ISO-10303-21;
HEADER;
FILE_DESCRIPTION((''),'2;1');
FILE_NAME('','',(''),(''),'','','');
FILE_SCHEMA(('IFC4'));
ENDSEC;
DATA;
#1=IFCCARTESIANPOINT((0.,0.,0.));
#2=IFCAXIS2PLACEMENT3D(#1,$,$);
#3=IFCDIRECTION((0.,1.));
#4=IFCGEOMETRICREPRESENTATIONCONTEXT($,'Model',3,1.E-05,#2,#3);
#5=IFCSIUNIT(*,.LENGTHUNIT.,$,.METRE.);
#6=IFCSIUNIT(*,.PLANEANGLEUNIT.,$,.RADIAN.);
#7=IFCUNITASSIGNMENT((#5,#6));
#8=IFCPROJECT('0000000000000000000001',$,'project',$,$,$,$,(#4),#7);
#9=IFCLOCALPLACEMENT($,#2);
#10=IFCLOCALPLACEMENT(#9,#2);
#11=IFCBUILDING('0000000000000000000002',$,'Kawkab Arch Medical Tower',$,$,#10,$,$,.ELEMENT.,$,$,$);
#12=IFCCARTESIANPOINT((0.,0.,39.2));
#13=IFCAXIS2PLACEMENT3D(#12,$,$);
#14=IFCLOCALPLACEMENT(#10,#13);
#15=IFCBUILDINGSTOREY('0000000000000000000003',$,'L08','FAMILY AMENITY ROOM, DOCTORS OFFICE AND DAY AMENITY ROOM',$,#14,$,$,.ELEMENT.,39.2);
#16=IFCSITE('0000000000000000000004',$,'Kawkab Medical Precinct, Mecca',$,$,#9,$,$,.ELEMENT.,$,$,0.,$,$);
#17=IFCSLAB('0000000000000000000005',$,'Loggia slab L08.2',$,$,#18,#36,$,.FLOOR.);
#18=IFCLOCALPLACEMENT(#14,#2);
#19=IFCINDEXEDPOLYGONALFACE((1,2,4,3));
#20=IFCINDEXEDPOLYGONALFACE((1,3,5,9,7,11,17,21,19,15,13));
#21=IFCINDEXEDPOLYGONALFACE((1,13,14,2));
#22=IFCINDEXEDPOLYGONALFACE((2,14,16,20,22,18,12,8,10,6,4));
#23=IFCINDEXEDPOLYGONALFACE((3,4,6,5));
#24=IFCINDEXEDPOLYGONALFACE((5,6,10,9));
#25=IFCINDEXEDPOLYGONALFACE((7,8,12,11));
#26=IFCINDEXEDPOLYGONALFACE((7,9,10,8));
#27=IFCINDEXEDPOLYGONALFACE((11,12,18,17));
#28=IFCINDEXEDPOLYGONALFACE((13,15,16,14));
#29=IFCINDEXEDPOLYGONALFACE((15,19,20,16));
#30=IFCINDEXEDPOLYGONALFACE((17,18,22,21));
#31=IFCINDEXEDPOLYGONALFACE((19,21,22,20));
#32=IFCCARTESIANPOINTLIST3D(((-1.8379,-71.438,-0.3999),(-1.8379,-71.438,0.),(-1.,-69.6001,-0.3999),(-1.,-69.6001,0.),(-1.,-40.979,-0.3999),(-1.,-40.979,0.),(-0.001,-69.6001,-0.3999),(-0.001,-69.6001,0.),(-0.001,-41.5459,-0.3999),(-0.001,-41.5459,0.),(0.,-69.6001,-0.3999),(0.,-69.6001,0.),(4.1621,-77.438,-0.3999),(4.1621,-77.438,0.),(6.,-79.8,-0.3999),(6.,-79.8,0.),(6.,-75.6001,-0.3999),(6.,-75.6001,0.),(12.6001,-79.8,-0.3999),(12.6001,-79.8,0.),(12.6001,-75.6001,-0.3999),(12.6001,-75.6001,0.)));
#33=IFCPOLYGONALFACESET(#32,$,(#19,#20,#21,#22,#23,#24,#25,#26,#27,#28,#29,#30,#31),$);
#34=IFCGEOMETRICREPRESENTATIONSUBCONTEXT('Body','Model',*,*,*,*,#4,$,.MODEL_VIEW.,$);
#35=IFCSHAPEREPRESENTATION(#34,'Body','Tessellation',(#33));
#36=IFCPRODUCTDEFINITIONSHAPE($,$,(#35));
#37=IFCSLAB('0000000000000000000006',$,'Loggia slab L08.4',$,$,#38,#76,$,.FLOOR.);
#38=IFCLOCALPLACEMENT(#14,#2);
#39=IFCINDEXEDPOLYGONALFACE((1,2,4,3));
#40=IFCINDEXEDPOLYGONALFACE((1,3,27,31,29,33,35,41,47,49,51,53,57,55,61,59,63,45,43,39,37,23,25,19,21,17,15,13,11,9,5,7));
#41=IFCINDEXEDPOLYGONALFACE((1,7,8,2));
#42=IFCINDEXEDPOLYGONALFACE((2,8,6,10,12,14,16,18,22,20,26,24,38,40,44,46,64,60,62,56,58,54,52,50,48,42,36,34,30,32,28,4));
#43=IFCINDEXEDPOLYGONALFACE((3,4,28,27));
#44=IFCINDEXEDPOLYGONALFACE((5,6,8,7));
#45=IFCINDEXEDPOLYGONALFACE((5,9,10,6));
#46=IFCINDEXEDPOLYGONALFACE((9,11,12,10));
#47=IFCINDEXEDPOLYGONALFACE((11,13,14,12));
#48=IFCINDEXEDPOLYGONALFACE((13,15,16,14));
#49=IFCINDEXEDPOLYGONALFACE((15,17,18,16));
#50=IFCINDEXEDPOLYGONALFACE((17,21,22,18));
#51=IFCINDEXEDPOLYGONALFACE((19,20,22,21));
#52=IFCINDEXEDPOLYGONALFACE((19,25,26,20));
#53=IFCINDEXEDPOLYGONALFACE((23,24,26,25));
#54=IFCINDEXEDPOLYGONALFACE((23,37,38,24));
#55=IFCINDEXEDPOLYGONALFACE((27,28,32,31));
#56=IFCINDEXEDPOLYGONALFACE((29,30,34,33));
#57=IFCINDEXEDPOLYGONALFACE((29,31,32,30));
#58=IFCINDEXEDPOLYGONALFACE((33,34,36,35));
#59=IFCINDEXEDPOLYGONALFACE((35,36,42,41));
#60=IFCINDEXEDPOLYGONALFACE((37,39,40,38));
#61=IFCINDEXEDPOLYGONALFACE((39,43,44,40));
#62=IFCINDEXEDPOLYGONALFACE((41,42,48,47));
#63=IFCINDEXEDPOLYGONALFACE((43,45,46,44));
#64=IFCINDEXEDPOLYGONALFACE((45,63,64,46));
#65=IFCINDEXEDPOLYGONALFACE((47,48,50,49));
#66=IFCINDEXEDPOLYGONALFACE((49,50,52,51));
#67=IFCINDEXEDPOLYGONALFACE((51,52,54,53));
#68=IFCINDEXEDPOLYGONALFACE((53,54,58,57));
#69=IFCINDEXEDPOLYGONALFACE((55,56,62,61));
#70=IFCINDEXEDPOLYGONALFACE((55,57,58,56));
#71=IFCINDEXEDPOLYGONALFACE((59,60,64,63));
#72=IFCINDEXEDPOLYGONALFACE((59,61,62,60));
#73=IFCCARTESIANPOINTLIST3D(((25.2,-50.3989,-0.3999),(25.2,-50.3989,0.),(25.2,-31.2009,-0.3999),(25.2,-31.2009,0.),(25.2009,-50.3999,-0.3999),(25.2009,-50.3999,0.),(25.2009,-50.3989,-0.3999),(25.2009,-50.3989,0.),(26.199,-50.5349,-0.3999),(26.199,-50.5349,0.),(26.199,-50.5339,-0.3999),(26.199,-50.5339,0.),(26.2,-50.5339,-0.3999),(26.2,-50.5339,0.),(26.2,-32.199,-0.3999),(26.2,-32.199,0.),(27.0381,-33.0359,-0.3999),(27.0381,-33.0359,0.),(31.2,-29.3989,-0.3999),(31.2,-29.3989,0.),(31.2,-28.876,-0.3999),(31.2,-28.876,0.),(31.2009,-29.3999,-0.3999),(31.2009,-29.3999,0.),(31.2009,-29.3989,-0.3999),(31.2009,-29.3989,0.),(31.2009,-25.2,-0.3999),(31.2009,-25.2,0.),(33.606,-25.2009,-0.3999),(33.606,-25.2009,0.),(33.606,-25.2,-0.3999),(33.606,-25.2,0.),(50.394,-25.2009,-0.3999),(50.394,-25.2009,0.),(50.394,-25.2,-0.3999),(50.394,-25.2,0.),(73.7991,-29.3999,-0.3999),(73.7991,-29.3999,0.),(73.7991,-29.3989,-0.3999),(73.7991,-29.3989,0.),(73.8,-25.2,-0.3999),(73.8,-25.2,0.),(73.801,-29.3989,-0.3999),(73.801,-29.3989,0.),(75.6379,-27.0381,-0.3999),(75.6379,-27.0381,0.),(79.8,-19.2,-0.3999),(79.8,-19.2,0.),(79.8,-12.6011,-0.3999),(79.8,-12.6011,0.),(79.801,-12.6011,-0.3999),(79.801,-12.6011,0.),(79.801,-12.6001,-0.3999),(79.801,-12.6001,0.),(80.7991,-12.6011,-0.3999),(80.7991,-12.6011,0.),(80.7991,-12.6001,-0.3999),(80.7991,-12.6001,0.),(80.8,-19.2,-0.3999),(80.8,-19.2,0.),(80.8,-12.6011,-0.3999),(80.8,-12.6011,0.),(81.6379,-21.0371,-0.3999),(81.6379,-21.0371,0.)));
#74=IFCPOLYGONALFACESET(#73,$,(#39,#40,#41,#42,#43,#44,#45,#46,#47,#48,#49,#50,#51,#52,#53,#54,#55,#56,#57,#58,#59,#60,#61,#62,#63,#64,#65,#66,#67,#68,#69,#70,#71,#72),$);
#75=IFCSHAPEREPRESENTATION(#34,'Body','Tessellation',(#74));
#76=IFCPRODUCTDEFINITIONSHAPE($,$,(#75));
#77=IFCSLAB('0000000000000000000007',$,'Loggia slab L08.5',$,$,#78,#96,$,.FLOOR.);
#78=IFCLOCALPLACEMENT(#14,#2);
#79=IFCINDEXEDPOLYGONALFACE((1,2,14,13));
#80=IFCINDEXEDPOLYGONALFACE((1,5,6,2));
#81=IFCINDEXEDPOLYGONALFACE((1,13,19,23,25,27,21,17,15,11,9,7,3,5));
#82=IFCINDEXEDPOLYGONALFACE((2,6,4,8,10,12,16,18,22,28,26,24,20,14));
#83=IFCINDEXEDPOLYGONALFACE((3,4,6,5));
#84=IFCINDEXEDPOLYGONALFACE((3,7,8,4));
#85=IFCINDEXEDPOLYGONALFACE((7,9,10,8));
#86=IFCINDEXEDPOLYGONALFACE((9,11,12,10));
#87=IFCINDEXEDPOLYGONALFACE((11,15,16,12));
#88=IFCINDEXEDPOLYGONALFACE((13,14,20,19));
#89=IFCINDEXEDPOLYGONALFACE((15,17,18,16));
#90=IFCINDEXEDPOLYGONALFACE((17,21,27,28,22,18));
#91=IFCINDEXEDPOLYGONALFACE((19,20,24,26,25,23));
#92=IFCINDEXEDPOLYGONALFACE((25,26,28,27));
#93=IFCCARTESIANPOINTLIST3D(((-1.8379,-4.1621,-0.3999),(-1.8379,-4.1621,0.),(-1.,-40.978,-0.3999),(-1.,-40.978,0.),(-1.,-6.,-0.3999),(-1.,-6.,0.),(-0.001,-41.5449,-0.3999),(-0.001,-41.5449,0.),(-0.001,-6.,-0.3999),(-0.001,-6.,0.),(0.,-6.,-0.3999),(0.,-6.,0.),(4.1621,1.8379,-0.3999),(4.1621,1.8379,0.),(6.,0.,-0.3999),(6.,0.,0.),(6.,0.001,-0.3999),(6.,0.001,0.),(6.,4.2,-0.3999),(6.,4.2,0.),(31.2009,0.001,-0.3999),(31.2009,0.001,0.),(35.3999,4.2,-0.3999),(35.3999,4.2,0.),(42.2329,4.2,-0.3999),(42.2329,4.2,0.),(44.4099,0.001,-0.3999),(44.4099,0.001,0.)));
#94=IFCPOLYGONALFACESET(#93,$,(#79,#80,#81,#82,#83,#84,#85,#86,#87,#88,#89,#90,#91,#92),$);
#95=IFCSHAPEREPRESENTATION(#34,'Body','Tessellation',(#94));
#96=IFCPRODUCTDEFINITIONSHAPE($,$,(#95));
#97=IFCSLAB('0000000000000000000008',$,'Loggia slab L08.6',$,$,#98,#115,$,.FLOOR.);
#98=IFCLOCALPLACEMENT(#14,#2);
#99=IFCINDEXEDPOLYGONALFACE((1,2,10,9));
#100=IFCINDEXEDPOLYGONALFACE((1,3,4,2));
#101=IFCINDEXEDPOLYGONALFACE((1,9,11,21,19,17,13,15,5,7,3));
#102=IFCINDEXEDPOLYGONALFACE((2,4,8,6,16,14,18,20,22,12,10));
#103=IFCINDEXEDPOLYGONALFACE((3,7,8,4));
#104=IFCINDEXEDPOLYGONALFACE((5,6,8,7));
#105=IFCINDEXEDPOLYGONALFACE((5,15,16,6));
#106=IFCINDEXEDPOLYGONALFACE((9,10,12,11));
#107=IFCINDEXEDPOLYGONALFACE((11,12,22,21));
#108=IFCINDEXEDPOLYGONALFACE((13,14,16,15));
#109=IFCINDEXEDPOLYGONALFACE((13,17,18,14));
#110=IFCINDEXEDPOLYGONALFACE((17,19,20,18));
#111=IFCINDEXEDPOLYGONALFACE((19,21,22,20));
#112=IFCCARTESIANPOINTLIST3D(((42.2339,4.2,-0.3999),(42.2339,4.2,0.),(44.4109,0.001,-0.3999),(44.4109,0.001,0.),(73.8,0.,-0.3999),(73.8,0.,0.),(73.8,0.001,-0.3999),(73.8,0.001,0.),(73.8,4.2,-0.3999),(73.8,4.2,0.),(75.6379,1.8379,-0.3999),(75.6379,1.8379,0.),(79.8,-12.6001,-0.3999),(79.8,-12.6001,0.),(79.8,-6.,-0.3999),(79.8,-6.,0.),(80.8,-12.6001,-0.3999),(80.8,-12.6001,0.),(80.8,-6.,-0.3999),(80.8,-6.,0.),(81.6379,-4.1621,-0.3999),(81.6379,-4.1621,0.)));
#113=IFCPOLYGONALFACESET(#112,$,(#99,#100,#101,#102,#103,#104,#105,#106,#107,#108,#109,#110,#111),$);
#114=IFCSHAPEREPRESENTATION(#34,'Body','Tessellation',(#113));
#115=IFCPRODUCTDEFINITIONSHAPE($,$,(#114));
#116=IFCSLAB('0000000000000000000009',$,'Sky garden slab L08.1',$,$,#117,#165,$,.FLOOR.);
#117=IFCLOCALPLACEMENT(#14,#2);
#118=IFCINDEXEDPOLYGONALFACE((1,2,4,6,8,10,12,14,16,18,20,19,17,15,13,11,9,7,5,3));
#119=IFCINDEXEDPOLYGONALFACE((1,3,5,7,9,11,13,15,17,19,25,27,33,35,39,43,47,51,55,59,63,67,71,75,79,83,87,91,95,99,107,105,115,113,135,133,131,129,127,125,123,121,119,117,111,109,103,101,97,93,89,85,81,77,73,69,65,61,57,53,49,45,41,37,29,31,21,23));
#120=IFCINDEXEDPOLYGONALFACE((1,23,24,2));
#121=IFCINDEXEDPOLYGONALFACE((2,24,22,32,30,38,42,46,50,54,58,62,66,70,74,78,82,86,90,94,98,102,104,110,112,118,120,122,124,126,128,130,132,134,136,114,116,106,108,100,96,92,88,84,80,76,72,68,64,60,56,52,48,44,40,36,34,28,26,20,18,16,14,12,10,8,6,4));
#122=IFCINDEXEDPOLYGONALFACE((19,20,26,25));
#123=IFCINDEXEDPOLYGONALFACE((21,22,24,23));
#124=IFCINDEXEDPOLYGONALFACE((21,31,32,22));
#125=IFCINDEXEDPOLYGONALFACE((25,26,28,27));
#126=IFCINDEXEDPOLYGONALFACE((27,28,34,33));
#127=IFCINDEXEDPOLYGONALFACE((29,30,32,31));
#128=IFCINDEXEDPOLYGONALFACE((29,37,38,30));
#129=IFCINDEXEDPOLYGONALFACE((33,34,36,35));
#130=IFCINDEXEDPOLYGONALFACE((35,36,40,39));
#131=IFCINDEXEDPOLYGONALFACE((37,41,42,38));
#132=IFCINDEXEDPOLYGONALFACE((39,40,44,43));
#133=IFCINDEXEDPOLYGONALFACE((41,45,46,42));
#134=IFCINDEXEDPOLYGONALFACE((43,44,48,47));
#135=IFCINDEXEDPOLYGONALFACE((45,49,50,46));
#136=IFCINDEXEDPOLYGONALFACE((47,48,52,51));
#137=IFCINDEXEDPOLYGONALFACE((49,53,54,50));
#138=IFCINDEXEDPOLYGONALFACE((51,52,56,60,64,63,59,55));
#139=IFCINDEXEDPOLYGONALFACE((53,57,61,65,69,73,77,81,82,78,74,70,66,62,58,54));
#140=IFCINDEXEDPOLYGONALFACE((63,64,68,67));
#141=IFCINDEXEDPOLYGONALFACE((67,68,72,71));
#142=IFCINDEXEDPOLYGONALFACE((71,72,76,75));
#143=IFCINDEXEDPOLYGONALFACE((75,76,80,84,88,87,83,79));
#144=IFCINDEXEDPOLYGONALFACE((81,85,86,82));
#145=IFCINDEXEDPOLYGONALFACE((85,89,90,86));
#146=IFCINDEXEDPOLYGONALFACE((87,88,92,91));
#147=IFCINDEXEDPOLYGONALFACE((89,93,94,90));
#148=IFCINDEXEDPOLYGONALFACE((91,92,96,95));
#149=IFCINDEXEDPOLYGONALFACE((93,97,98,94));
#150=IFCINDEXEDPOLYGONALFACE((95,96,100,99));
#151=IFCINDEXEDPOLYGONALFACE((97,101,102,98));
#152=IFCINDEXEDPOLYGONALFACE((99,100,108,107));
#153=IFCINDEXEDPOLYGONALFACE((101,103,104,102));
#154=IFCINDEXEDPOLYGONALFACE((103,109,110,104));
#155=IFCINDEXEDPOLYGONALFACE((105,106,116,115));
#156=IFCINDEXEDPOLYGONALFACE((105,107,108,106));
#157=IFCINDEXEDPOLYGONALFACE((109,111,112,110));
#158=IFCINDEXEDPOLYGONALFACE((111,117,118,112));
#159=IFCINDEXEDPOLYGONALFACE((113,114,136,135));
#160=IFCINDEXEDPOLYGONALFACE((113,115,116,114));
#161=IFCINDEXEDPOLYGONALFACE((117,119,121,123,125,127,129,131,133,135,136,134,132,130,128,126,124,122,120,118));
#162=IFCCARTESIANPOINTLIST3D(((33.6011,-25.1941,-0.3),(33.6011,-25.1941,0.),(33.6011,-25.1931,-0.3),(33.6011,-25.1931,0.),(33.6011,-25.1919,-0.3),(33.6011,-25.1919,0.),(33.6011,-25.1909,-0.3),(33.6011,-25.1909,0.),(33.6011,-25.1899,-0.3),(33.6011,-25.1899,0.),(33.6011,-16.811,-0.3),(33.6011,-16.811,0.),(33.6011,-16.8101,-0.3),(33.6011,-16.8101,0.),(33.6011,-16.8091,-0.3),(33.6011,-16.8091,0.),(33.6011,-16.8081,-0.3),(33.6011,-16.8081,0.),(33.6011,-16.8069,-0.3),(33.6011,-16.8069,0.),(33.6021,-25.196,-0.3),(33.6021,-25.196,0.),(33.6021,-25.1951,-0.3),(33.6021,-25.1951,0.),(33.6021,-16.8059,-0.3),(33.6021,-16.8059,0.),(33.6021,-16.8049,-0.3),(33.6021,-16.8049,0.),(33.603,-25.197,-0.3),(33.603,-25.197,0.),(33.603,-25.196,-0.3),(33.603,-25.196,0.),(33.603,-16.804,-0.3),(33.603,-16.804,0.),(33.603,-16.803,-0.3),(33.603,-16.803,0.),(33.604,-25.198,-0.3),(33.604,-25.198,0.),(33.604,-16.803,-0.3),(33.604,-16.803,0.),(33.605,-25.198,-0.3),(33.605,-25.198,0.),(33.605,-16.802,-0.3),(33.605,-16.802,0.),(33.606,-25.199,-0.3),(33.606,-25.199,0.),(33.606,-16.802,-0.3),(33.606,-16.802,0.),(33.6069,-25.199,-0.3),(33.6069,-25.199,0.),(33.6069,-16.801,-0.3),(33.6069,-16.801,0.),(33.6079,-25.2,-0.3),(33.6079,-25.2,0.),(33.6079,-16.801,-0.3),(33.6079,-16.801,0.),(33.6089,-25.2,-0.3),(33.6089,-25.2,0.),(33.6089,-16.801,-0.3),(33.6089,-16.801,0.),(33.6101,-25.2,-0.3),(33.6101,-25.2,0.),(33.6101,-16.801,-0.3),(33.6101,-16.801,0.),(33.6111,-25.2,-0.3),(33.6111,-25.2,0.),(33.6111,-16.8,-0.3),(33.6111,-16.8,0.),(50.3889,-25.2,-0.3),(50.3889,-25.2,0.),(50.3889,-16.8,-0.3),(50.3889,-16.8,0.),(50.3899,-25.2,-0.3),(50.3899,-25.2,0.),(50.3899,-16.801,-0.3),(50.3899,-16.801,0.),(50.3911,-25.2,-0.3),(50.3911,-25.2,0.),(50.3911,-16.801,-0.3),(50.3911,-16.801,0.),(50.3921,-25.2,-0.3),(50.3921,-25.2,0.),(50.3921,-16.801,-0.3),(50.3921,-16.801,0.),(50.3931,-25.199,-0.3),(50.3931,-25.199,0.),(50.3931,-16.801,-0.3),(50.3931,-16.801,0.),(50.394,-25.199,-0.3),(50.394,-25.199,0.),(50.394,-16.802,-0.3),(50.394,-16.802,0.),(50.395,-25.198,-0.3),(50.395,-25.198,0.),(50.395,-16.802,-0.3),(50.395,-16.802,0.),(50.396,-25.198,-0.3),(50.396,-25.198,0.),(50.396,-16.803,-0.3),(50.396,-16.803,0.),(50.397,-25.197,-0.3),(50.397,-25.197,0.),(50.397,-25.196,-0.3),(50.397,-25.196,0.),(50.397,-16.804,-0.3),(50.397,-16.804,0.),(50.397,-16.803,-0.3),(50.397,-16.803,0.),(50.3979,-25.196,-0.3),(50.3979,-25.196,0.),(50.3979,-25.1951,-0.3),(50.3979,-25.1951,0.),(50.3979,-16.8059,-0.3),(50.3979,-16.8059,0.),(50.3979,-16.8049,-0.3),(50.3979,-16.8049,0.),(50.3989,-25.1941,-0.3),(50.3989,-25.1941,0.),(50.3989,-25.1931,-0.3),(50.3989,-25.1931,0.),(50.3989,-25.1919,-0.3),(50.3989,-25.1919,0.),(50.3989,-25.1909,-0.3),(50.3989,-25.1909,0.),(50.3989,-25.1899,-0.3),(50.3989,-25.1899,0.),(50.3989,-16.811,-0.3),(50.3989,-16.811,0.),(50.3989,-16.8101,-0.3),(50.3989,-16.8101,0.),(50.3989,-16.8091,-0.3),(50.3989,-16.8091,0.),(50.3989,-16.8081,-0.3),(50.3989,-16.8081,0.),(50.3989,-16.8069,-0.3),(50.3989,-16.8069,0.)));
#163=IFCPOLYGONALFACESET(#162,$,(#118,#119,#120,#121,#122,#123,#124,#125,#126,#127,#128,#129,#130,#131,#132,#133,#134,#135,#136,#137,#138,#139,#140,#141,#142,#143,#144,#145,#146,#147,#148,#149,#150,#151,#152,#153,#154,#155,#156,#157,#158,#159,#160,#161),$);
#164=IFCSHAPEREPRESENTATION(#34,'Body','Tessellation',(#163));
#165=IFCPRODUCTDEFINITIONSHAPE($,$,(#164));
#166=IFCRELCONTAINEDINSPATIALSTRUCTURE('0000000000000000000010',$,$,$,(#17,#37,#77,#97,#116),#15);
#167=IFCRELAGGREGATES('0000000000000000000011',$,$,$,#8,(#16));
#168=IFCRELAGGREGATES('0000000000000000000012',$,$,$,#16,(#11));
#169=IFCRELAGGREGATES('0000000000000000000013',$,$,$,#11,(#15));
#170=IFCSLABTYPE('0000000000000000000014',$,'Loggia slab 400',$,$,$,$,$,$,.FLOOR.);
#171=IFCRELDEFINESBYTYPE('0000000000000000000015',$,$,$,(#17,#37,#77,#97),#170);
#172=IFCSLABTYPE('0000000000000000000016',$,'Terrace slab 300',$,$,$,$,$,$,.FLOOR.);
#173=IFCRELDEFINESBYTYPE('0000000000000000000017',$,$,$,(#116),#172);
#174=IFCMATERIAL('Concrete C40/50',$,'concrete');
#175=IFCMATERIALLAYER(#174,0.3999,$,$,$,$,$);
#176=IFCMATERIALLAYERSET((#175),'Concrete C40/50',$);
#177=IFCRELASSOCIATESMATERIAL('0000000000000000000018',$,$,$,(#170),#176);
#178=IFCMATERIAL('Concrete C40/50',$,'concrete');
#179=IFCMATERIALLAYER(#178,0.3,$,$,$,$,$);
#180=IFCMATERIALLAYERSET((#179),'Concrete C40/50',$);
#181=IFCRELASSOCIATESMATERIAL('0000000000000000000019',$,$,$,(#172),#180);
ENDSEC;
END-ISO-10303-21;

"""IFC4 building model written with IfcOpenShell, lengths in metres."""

from ifc_helpers import new_model, si_unit, direction, frame, origin, place, context, subcontext, project, spatial, polyline, outline, extrude, material, layer, layer_set, type_object, element, save


model = new_model("IFC4")

# Units and contexts
model_context = context("Model", 3, precision=1e-05, world=origin(), true_north=direction((0.0, 1.0)))
body_context = subcontext(model_context, "Body", "Model", "MODEL_VIEW")
ifc_project = project(units=[si_unit("LENGTHUNIT", "METRE"), si_unit("PLANEANGLEUNIT", "RADIAN")], contexts=[model_context])

# Site, building, storey
site_placement = place(None, origin())
site = spatial("IfcSite", under=ifc_project, at=site_placement, Name="Kawkab Medical Precinct, Mecca", CompositionType="ELEMENT", RefElevation=0.0)
building_placement = place(site_placement, origin())
building = spatial("IfcBuilding", under=site, at=building_placement, Name="Kawkab Arch Medical Tower", CompositionType="ELEMENT")
storey_placement = place(building_placement, frame((0.0, 0.0, 39.2)))
storey = spatial("IfcBuildingStorey", under=building, at=storey_placement, Name="L08", Description="FAMILY AMENITY ROOM, DOCTORS OFFICE AND DAY AMENITY ROOM", CompositionType="ELEMENT", Elevation=39.2)

# Slabs
ifc_material_1 = material(Name="Concrete C40/50", Category="concrete")
ifc_layer_1 = layer(ifc_material_1, 0.3999)
ifc_layer_set_1 = layer_set([ifc_layer_1], Name="Concrete C40/50")
slab_type_1 = type_object("IfcSlabType", Name="Loggia slab 400", PredefinedType="FLOOR", material=ifc_layer_set_1)
placement_1 = place(storey_placement, frame((0.0, 0.0, -0.3999)))
element("IfcSlab", 1, at=placement_1, inside=storey, type_object=slab_type_1, Name="Loggia slab L08.2", PredefinedType="FLOOR", context=body_context, shape_type="SweptSolid", body=[
    extrude(outline(polyline([(4.1621, -77.438), (-1.8379, -71.438), (-1.0, -69.6001), (-1.0, -40.979), (-0.001, -41.5459), (-0.001, -69.6001), (0.0, -69.6001), (6.0, -75.6001), (12.6001, -75.6001), (12.6001, -79.8), (6.0, -79.8), (4.1621, -77.438)])), origin(), (0.0, 0.0, 1.0), 0.3999),
])
element("IfcSlab", 2, at=placement_1, inside=storey, type_object=slab_type_1, Name="Loggia slab L08.4", PredefinedType="FLOOR", context=body_context, shape_type="SweptSolid", body=[
    extrude(outline(polyline([(25.2009, -50.3999), (25.2009, -50.3989), (25.2, -50.3989), (25.2, -31.2009), (31.2009, -25.2), (33.606, -25.2), (33.606, -25.2009), (50.394, -25.2009), (50.394, -25.2), (73.8, -25.2), (79.8, -19.2), (79.8, -12.6011), (79.801, -12.6011), (79.801, -12.6001), (80.7991, -12.6001), (80.7991, -12.6011), (80.8, -12.6011), (80.8, -19.2), (81.6379, -21.0371), (75.6379, -27.0381), (73.801, -29.3989), (73.7991, -29.3989), (73.7991, -29.3999), (31.2009, -29.3999), (31.2009, -29.3989), (31.2, -29.3989), (31.2, -28.876), (27.0381, -33.0359), (26.2, -32.199), (26.2, -50.5339), (26.199, -50.5339), (26.199, -50.5349), (25.2009, -50.3999)])), origin(), (0.0, 0.0, 1.0), 0.3999),
])
element("IfcSlab", 3, at=placement_1, inside=storey, type_object=slab_type_1, Name="Loggia slab L08.5", PredefinedType="FLOOR", context=body_context, shape_type="SweptSolid", body=[
    extrude(outline(polyline([(4.1621, 1.8379), (6.0, 4.2), (35.3999, 4.2), (42.2329, 4.2), (44.4099, 0.001), (31.2009, 0.001), (6.0, 0.001), (6.0, 0.0), (0.0, -6.0), (-0.001, -6.0), (-0.001, -41.5449), (-1.0, -40.978), (-1.0, -6.0), (-1.8379, -4.1621), (4.1621, 1.8379)])), origin(), (0.0, 0.0, 1.0), 0.3999),
])
element("IfcSlab", 4, at=placement_1, inside=storey, type_object=slab_type_1, Name="Loggia slab L08.6", PredefinedType="FLOOR", context=body_context, shape_type="SweptSolid", body=[
    extrude(outline(polyline([(75.6379, 1.8379), (81.6379, -4.1621), (80.8, -6.0), (80.8, -12.6001), (79.8, -12.6001), (79.8, -6.0), (73.8, 0.0), (73.8, 0.001), (44.4109, 0.001), (42.2339, 4.2), (73.8, 4.2), (75.6379, 1.8379)])), origin(), (0.0, 0.0, 1.0), 0.3999),
])
ifc_material_2 = material(Name="Concrete C40/50", Category="concrete")
ifc_layer_2 = layer(ifc_material_2, 0.3)
ifc_layer_set_2 = layer_set([ifc_layer_2], Name="Concrete C40/50")
slab_type_2 = type_object("IfcSlabType", Name="Terrace slab 300", PredefinedType="FLOOR", material=ifc_layer_set_2)
slab_1_placement = place(storey_placement, frame((0.0, 0.0, -0.3)))
element("IfcSlab", 5, at=slab_1_placement, inside=storey, type_object=slab_type_2, Name="Sky garden slab L08.1", PredefinedType="FLOOR", context=body_context, shape_type="SweptSolid", body=[
    extrude(outline(polyline([(33.6111, -25.2), (50.3889, -25.2), (50.3899, -25.2), (50.3911, -25.2), (50.3921, -25.2), (50.3931, -25.199), (50.394, -25.199), (50.395, -25.198), (50.396, -25.198), (50.397, -25.197), (50.397, -25.196), (50.3979, -25.196), (50.3979, -25.1951), (50.3989, -25.1941), (50.3989, -25.1931), (50.3989, -25.1919), (50.3989, -25.1909), (50.3989, -25.1899), (50.3989, -16.811), (50.3989, -16.8101), (50.3989, -16.8091), (50.3989, -16.8081), (50.3989, -16.8069), (50.3979, -16.8059), (50.3979, -16.8049), (50.397, -16.804), (50.397, -16.803), (50.396, -16.803), (50.395, -16.802), (50.394, -16.802), (50.3931, -16.801), (50.3921, -16.801), (50.3911, -16.801), (50.3899, -16.801), (50.3889, -16.8), (33.6111, -16.8), (33.6101, -16.801), (33.6089, -16.801), (33.6079, -16.801), (33.6069, -16.801), (33.606, -16.802), (33.605, -16.802), (33.604, -16.803), (33.603, -16.803), (33.603, -16.804), (33.6021, -16.8049), (33.6021, -16.8059), (33.6011, -16.8069), (33.6011, -16.8081), (33.6011, -16.8091), (33.6011, -16.8101), (33.6011, -16.811), (33.6011, -25.1899), (33.6011, -25.1909), (33.6011, -25.1919), (33.6011, -25.1931), (33.6011, -25.1941), (33.6021, -25.1951), (33.6021, -25.196), (33.603, -25.196), (33.603, -25.197), (33.604, -25.198), (33.605, -25.198), (33.606, -25.199), (33.6069, -25.199), (33.6079, -25.2), (33.6089, -25.2), (33.6101, -25.2), (33.6111, -25.2)])), origin(), (0.0, 0.0, 1.0), 0.3),
])

save(model, "model.ifc")
